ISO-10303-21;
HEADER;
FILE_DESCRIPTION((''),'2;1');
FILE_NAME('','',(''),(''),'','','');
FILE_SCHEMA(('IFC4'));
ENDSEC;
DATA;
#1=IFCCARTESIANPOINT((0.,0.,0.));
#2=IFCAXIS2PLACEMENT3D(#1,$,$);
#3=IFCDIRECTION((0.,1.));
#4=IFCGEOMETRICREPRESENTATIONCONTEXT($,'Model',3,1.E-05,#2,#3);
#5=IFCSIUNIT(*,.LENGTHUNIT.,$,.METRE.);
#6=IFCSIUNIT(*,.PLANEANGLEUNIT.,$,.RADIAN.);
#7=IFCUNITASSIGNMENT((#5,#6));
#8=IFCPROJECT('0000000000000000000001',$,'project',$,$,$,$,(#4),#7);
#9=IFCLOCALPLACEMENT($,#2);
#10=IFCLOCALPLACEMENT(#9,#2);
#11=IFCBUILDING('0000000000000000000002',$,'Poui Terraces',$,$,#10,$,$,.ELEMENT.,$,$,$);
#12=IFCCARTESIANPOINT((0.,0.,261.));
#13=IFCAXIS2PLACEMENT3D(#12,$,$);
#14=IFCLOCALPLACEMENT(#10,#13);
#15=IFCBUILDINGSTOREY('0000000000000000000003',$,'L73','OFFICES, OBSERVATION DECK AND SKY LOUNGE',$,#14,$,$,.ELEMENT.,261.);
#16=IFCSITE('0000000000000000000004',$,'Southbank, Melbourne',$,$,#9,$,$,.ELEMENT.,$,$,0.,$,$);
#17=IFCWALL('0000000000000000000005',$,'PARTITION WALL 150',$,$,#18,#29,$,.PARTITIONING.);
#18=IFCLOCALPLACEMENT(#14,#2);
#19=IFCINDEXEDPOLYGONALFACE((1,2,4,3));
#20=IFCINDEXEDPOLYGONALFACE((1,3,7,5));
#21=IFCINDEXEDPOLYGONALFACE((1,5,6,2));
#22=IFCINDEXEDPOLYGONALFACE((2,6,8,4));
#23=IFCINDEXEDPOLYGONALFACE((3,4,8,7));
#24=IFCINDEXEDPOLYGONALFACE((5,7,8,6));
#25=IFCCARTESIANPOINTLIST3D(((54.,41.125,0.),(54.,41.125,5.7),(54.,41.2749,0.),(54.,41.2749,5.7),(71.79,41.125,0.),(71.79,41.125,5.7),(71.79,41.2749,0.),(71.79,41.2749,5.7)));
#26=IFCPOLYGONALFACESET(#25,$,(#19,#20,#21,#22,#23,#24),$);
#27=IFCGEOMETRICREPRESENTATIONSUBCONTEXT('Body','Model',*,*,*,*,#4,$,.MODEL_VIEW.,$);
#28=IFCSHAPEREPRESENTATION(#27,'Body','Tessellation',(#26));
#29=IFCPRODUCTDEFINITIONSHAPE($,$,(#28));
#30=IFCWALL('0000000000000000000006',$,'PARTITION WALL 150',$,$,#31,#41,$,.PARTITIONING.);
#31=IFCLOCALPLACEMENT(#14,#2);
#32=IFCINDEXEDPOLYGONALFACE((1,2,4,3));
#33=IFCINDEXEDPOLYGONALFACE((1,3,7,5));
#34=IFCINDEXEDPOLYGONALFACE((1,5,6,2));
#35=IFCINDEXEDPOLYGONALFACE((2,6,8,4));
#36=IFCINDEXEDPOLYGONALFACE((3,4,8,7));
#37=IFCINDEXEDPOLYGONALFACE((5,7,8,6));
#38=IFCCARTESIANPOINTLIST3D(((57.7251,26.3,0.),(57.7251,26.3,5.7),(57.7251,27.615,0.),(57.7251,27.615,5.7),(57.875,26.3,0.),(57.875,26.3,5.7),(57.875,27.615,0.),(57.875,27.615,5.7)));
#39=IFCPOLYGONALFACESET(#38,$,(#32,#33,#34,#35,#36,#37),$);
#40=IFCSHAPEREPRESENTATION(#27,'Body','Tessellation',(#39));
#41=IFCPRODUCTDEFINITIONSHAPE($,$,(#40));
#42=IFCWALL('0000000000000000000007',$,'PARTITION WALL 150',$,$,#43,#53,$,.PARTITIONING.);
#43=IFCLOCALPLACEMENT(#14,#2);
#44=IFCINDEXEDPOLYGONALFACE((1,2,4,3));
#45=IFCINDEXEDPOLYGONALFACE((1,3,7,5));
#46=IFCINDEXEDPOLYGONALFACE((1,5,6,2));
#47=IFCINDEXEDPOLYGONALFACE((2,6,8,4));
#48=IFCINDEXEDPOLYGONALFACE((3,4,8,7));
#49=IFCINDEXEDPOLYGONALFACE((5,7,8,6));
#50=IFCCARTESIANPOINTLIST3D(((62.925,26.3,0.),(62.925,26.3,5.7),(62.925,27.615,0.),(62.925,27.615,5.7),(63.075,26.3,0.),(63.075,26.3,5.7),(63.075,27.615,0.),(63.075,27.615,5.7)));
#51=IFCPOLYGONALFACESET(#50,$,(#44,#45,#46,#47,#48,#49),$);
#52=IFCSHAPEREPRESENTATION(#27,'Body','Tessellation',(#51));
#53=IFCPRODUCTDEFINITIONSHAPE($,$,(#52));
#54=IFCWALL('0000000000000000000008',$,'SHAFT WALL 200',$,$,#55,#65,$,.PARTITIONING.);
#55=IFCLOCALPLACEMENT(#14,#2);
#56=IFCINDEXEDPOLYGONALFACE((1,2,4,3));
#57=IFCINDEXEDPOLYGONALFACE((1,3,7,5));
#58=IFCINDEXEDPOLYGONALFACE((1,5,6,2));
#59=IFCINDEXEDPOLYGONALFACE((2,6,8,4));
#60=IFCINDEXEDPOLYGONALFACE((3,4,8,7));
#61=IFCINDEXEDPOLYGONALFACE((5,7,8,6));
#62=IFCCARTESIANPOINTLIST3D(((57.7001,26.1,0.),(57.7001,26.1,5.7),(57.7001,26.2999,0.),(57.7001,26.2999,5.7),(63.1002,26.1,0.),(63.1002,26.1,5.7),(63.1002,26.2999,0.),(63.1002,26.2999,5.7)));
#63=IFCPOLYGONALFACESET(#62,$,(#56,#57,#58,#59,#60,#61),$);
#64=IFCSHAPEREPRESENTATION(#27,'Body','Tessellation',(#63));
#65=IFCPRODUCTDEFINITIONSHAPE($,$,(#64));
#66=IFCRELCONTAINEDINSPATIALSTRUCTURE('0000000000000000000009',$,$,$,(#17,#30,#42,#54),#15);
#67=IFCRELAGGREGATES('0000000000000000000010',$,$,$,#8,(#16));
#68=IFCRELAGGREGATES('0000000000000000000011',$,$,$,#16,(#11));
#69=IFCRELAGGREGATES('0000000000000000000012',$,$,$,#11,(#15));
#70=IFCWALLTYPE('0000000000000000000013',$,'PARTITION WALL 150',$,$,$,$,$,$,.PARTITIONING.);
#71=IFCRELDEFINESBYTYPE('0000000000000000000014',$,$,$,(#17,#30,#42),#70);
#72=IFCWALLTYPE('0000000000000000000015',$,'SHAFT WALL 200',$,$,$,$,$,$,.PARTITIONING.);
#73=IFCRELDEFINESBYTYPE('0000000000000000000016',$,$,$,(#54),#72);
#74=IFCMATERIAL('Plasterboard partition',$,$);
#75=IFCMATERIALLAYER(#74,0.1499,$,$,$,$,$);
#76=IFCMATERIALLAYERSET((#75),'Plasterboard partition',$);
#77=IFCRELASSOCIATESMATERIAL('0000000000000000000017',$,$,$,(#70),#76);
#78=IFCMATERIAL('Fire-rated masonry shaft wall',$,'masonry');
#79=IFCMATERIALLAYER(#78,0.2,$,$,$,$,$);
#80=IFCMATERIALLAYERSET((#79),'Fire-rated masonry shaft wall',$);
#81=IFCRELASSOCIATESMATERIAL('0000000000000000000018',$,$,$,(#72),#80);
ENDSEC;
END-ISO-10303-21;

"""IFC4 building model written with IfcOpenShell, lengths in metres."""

from ifc_helpers import new_model, si_unit, direction, frame, frame_2d, origin, place, context, subcontext, project, spatial, rectangle, extrude, material, layer, layer_set, type_object, element, save


model = new_model("IFC4")

# Units and contexts
model_context = context("Model", 3, precision=1e-05, world=origin(), true_north=direction((0.0, 1.0)))
body_context = subcontext(model_context, "Body", "Model", "MODEL_VIEW")
ifc_project = project(units=[si_unit("LENGTHUNIT", "METRE"), si_unit("PLANEANGLEUNIT", "RADIAN")], contexts=[model_context])

# Site, building, storey
site_placement = place(None, origin())
site = spatial("IfcSite", under=ifc_project, at=site_placement, Name="Southbank, Melbourne", CompositionType="ELEMENT", RefElevation=0.0)
building_placement = place(site_placement, origin())
building = spatial("IfcBuilding", under=site, at=building_placement, Name="Poui Terraces", CompositionType="ELEMENT")
storey_placement = place(building_placement, frame((0.0, 0.0, 261.0)))
storey = spatial("IfcBuildingStorey", under=building, at=storey_placement, Name="L73", Description="OFFICES, OBSERVATION DECK AND SKY LOUNGE", CompositionType="ELEMENT", Elevation=261.0)

# Walls
ifc_material_1 = material(Name="Plasterboard partition")
ifc_layer_1 = layer(ifc_material_1, 0.1499)
ifc_layer_set_1 = layer_set([ifc_layer_1], Name="Plasterboard partition")
wall_type_1 = type_object("IfcWallType", Name="PARTITION WALL 150", PredefinedType="PARTITIONING", material=ifc_layer_set_1)
wall_1_placement = place(storey_placement, frame((54.0, 41.2, 0.0), z_axis=(0.0, 0.0, 1.0), x_axis=(1.0, 0.0, 0.0)))
element("IfcWall", 1, at=wall_1_placement, inside=storey, type_object=wall_type_1, Name="PARTITION WALL 150", PredefinedType="PARTITIONING", context=body_context, shape_type="SweptSolid", body=[
    extrude(rectangle(XDim=17.79, YDim=0.1499, at=frame_2d((8.895, 0.0))), origin(), (0.0, 0.0, 1.0), 5.7),
])
for number, where, z_axis, x_axis, name in (
    (2, (57.8, 26.3, 0.0), (0.0, 0.0, 1.0), (0.0, 1.0, 0.0), "PARTITION WALL 150"),
    (3, (63.0, 26.3, 0.0), (0.0, 0.0, 1.0), (0.0, 1.0, 0.0), "PARTITION WALL 150"),
):
    element("IfcWall", number, at=place(storey_placement, frame(where, z_axis=z_axis, x_axis=x_axis)), inside=storey, type_object=wall_type_1, Name=name, PredefinedType="PARTITIONING", context=body_context, shape_type="SweptSolid", body=[
        extrude(rectangle(XDim=1.3149, YDim=0.1499, at=frame_2d((0.6575, 0.0))), origin(), (0.0, 0.0, 1.0), 5.7),
    ])
ifc_material_2 = material(Name="Fire-rated masonry shaft wall", Category="masonry")
ifc_layer_2 = layer(ifc_material_2, 0.2)
ifc_layer_set_2 = layer_set([ifc_layer_2], Name="Fire-rated masonry shaft wall")
wall_type_2 = type_object("IfcWallType", Name="SHAFT WALL 200", PredefinedType="PARTITIONING", material=ifc_layer_set_2)
wall_2_placement = place(storey_placement, frame((57.7, 26.2, 0.0), z_axis=(0.0, 0.0, 1.0), x_axis=(1.0, 0.0, 0.0)))
element("IfcWall", 4, at=wall_2_placement, inside=storey, type_object=wall_type_2, Name="SHAFT WALL 200", PredefinedType="PARTITIONING", context=body_context, shape_type="SweptSolid", body=[
    extrude(rectangle(XDim=5.4001, YDim=0.2, at=frame_2d((2.7002, 0.0))), origin(), (0.0, 0.0, 1.0), 5.7),
])

save(model, "model.ifc")
